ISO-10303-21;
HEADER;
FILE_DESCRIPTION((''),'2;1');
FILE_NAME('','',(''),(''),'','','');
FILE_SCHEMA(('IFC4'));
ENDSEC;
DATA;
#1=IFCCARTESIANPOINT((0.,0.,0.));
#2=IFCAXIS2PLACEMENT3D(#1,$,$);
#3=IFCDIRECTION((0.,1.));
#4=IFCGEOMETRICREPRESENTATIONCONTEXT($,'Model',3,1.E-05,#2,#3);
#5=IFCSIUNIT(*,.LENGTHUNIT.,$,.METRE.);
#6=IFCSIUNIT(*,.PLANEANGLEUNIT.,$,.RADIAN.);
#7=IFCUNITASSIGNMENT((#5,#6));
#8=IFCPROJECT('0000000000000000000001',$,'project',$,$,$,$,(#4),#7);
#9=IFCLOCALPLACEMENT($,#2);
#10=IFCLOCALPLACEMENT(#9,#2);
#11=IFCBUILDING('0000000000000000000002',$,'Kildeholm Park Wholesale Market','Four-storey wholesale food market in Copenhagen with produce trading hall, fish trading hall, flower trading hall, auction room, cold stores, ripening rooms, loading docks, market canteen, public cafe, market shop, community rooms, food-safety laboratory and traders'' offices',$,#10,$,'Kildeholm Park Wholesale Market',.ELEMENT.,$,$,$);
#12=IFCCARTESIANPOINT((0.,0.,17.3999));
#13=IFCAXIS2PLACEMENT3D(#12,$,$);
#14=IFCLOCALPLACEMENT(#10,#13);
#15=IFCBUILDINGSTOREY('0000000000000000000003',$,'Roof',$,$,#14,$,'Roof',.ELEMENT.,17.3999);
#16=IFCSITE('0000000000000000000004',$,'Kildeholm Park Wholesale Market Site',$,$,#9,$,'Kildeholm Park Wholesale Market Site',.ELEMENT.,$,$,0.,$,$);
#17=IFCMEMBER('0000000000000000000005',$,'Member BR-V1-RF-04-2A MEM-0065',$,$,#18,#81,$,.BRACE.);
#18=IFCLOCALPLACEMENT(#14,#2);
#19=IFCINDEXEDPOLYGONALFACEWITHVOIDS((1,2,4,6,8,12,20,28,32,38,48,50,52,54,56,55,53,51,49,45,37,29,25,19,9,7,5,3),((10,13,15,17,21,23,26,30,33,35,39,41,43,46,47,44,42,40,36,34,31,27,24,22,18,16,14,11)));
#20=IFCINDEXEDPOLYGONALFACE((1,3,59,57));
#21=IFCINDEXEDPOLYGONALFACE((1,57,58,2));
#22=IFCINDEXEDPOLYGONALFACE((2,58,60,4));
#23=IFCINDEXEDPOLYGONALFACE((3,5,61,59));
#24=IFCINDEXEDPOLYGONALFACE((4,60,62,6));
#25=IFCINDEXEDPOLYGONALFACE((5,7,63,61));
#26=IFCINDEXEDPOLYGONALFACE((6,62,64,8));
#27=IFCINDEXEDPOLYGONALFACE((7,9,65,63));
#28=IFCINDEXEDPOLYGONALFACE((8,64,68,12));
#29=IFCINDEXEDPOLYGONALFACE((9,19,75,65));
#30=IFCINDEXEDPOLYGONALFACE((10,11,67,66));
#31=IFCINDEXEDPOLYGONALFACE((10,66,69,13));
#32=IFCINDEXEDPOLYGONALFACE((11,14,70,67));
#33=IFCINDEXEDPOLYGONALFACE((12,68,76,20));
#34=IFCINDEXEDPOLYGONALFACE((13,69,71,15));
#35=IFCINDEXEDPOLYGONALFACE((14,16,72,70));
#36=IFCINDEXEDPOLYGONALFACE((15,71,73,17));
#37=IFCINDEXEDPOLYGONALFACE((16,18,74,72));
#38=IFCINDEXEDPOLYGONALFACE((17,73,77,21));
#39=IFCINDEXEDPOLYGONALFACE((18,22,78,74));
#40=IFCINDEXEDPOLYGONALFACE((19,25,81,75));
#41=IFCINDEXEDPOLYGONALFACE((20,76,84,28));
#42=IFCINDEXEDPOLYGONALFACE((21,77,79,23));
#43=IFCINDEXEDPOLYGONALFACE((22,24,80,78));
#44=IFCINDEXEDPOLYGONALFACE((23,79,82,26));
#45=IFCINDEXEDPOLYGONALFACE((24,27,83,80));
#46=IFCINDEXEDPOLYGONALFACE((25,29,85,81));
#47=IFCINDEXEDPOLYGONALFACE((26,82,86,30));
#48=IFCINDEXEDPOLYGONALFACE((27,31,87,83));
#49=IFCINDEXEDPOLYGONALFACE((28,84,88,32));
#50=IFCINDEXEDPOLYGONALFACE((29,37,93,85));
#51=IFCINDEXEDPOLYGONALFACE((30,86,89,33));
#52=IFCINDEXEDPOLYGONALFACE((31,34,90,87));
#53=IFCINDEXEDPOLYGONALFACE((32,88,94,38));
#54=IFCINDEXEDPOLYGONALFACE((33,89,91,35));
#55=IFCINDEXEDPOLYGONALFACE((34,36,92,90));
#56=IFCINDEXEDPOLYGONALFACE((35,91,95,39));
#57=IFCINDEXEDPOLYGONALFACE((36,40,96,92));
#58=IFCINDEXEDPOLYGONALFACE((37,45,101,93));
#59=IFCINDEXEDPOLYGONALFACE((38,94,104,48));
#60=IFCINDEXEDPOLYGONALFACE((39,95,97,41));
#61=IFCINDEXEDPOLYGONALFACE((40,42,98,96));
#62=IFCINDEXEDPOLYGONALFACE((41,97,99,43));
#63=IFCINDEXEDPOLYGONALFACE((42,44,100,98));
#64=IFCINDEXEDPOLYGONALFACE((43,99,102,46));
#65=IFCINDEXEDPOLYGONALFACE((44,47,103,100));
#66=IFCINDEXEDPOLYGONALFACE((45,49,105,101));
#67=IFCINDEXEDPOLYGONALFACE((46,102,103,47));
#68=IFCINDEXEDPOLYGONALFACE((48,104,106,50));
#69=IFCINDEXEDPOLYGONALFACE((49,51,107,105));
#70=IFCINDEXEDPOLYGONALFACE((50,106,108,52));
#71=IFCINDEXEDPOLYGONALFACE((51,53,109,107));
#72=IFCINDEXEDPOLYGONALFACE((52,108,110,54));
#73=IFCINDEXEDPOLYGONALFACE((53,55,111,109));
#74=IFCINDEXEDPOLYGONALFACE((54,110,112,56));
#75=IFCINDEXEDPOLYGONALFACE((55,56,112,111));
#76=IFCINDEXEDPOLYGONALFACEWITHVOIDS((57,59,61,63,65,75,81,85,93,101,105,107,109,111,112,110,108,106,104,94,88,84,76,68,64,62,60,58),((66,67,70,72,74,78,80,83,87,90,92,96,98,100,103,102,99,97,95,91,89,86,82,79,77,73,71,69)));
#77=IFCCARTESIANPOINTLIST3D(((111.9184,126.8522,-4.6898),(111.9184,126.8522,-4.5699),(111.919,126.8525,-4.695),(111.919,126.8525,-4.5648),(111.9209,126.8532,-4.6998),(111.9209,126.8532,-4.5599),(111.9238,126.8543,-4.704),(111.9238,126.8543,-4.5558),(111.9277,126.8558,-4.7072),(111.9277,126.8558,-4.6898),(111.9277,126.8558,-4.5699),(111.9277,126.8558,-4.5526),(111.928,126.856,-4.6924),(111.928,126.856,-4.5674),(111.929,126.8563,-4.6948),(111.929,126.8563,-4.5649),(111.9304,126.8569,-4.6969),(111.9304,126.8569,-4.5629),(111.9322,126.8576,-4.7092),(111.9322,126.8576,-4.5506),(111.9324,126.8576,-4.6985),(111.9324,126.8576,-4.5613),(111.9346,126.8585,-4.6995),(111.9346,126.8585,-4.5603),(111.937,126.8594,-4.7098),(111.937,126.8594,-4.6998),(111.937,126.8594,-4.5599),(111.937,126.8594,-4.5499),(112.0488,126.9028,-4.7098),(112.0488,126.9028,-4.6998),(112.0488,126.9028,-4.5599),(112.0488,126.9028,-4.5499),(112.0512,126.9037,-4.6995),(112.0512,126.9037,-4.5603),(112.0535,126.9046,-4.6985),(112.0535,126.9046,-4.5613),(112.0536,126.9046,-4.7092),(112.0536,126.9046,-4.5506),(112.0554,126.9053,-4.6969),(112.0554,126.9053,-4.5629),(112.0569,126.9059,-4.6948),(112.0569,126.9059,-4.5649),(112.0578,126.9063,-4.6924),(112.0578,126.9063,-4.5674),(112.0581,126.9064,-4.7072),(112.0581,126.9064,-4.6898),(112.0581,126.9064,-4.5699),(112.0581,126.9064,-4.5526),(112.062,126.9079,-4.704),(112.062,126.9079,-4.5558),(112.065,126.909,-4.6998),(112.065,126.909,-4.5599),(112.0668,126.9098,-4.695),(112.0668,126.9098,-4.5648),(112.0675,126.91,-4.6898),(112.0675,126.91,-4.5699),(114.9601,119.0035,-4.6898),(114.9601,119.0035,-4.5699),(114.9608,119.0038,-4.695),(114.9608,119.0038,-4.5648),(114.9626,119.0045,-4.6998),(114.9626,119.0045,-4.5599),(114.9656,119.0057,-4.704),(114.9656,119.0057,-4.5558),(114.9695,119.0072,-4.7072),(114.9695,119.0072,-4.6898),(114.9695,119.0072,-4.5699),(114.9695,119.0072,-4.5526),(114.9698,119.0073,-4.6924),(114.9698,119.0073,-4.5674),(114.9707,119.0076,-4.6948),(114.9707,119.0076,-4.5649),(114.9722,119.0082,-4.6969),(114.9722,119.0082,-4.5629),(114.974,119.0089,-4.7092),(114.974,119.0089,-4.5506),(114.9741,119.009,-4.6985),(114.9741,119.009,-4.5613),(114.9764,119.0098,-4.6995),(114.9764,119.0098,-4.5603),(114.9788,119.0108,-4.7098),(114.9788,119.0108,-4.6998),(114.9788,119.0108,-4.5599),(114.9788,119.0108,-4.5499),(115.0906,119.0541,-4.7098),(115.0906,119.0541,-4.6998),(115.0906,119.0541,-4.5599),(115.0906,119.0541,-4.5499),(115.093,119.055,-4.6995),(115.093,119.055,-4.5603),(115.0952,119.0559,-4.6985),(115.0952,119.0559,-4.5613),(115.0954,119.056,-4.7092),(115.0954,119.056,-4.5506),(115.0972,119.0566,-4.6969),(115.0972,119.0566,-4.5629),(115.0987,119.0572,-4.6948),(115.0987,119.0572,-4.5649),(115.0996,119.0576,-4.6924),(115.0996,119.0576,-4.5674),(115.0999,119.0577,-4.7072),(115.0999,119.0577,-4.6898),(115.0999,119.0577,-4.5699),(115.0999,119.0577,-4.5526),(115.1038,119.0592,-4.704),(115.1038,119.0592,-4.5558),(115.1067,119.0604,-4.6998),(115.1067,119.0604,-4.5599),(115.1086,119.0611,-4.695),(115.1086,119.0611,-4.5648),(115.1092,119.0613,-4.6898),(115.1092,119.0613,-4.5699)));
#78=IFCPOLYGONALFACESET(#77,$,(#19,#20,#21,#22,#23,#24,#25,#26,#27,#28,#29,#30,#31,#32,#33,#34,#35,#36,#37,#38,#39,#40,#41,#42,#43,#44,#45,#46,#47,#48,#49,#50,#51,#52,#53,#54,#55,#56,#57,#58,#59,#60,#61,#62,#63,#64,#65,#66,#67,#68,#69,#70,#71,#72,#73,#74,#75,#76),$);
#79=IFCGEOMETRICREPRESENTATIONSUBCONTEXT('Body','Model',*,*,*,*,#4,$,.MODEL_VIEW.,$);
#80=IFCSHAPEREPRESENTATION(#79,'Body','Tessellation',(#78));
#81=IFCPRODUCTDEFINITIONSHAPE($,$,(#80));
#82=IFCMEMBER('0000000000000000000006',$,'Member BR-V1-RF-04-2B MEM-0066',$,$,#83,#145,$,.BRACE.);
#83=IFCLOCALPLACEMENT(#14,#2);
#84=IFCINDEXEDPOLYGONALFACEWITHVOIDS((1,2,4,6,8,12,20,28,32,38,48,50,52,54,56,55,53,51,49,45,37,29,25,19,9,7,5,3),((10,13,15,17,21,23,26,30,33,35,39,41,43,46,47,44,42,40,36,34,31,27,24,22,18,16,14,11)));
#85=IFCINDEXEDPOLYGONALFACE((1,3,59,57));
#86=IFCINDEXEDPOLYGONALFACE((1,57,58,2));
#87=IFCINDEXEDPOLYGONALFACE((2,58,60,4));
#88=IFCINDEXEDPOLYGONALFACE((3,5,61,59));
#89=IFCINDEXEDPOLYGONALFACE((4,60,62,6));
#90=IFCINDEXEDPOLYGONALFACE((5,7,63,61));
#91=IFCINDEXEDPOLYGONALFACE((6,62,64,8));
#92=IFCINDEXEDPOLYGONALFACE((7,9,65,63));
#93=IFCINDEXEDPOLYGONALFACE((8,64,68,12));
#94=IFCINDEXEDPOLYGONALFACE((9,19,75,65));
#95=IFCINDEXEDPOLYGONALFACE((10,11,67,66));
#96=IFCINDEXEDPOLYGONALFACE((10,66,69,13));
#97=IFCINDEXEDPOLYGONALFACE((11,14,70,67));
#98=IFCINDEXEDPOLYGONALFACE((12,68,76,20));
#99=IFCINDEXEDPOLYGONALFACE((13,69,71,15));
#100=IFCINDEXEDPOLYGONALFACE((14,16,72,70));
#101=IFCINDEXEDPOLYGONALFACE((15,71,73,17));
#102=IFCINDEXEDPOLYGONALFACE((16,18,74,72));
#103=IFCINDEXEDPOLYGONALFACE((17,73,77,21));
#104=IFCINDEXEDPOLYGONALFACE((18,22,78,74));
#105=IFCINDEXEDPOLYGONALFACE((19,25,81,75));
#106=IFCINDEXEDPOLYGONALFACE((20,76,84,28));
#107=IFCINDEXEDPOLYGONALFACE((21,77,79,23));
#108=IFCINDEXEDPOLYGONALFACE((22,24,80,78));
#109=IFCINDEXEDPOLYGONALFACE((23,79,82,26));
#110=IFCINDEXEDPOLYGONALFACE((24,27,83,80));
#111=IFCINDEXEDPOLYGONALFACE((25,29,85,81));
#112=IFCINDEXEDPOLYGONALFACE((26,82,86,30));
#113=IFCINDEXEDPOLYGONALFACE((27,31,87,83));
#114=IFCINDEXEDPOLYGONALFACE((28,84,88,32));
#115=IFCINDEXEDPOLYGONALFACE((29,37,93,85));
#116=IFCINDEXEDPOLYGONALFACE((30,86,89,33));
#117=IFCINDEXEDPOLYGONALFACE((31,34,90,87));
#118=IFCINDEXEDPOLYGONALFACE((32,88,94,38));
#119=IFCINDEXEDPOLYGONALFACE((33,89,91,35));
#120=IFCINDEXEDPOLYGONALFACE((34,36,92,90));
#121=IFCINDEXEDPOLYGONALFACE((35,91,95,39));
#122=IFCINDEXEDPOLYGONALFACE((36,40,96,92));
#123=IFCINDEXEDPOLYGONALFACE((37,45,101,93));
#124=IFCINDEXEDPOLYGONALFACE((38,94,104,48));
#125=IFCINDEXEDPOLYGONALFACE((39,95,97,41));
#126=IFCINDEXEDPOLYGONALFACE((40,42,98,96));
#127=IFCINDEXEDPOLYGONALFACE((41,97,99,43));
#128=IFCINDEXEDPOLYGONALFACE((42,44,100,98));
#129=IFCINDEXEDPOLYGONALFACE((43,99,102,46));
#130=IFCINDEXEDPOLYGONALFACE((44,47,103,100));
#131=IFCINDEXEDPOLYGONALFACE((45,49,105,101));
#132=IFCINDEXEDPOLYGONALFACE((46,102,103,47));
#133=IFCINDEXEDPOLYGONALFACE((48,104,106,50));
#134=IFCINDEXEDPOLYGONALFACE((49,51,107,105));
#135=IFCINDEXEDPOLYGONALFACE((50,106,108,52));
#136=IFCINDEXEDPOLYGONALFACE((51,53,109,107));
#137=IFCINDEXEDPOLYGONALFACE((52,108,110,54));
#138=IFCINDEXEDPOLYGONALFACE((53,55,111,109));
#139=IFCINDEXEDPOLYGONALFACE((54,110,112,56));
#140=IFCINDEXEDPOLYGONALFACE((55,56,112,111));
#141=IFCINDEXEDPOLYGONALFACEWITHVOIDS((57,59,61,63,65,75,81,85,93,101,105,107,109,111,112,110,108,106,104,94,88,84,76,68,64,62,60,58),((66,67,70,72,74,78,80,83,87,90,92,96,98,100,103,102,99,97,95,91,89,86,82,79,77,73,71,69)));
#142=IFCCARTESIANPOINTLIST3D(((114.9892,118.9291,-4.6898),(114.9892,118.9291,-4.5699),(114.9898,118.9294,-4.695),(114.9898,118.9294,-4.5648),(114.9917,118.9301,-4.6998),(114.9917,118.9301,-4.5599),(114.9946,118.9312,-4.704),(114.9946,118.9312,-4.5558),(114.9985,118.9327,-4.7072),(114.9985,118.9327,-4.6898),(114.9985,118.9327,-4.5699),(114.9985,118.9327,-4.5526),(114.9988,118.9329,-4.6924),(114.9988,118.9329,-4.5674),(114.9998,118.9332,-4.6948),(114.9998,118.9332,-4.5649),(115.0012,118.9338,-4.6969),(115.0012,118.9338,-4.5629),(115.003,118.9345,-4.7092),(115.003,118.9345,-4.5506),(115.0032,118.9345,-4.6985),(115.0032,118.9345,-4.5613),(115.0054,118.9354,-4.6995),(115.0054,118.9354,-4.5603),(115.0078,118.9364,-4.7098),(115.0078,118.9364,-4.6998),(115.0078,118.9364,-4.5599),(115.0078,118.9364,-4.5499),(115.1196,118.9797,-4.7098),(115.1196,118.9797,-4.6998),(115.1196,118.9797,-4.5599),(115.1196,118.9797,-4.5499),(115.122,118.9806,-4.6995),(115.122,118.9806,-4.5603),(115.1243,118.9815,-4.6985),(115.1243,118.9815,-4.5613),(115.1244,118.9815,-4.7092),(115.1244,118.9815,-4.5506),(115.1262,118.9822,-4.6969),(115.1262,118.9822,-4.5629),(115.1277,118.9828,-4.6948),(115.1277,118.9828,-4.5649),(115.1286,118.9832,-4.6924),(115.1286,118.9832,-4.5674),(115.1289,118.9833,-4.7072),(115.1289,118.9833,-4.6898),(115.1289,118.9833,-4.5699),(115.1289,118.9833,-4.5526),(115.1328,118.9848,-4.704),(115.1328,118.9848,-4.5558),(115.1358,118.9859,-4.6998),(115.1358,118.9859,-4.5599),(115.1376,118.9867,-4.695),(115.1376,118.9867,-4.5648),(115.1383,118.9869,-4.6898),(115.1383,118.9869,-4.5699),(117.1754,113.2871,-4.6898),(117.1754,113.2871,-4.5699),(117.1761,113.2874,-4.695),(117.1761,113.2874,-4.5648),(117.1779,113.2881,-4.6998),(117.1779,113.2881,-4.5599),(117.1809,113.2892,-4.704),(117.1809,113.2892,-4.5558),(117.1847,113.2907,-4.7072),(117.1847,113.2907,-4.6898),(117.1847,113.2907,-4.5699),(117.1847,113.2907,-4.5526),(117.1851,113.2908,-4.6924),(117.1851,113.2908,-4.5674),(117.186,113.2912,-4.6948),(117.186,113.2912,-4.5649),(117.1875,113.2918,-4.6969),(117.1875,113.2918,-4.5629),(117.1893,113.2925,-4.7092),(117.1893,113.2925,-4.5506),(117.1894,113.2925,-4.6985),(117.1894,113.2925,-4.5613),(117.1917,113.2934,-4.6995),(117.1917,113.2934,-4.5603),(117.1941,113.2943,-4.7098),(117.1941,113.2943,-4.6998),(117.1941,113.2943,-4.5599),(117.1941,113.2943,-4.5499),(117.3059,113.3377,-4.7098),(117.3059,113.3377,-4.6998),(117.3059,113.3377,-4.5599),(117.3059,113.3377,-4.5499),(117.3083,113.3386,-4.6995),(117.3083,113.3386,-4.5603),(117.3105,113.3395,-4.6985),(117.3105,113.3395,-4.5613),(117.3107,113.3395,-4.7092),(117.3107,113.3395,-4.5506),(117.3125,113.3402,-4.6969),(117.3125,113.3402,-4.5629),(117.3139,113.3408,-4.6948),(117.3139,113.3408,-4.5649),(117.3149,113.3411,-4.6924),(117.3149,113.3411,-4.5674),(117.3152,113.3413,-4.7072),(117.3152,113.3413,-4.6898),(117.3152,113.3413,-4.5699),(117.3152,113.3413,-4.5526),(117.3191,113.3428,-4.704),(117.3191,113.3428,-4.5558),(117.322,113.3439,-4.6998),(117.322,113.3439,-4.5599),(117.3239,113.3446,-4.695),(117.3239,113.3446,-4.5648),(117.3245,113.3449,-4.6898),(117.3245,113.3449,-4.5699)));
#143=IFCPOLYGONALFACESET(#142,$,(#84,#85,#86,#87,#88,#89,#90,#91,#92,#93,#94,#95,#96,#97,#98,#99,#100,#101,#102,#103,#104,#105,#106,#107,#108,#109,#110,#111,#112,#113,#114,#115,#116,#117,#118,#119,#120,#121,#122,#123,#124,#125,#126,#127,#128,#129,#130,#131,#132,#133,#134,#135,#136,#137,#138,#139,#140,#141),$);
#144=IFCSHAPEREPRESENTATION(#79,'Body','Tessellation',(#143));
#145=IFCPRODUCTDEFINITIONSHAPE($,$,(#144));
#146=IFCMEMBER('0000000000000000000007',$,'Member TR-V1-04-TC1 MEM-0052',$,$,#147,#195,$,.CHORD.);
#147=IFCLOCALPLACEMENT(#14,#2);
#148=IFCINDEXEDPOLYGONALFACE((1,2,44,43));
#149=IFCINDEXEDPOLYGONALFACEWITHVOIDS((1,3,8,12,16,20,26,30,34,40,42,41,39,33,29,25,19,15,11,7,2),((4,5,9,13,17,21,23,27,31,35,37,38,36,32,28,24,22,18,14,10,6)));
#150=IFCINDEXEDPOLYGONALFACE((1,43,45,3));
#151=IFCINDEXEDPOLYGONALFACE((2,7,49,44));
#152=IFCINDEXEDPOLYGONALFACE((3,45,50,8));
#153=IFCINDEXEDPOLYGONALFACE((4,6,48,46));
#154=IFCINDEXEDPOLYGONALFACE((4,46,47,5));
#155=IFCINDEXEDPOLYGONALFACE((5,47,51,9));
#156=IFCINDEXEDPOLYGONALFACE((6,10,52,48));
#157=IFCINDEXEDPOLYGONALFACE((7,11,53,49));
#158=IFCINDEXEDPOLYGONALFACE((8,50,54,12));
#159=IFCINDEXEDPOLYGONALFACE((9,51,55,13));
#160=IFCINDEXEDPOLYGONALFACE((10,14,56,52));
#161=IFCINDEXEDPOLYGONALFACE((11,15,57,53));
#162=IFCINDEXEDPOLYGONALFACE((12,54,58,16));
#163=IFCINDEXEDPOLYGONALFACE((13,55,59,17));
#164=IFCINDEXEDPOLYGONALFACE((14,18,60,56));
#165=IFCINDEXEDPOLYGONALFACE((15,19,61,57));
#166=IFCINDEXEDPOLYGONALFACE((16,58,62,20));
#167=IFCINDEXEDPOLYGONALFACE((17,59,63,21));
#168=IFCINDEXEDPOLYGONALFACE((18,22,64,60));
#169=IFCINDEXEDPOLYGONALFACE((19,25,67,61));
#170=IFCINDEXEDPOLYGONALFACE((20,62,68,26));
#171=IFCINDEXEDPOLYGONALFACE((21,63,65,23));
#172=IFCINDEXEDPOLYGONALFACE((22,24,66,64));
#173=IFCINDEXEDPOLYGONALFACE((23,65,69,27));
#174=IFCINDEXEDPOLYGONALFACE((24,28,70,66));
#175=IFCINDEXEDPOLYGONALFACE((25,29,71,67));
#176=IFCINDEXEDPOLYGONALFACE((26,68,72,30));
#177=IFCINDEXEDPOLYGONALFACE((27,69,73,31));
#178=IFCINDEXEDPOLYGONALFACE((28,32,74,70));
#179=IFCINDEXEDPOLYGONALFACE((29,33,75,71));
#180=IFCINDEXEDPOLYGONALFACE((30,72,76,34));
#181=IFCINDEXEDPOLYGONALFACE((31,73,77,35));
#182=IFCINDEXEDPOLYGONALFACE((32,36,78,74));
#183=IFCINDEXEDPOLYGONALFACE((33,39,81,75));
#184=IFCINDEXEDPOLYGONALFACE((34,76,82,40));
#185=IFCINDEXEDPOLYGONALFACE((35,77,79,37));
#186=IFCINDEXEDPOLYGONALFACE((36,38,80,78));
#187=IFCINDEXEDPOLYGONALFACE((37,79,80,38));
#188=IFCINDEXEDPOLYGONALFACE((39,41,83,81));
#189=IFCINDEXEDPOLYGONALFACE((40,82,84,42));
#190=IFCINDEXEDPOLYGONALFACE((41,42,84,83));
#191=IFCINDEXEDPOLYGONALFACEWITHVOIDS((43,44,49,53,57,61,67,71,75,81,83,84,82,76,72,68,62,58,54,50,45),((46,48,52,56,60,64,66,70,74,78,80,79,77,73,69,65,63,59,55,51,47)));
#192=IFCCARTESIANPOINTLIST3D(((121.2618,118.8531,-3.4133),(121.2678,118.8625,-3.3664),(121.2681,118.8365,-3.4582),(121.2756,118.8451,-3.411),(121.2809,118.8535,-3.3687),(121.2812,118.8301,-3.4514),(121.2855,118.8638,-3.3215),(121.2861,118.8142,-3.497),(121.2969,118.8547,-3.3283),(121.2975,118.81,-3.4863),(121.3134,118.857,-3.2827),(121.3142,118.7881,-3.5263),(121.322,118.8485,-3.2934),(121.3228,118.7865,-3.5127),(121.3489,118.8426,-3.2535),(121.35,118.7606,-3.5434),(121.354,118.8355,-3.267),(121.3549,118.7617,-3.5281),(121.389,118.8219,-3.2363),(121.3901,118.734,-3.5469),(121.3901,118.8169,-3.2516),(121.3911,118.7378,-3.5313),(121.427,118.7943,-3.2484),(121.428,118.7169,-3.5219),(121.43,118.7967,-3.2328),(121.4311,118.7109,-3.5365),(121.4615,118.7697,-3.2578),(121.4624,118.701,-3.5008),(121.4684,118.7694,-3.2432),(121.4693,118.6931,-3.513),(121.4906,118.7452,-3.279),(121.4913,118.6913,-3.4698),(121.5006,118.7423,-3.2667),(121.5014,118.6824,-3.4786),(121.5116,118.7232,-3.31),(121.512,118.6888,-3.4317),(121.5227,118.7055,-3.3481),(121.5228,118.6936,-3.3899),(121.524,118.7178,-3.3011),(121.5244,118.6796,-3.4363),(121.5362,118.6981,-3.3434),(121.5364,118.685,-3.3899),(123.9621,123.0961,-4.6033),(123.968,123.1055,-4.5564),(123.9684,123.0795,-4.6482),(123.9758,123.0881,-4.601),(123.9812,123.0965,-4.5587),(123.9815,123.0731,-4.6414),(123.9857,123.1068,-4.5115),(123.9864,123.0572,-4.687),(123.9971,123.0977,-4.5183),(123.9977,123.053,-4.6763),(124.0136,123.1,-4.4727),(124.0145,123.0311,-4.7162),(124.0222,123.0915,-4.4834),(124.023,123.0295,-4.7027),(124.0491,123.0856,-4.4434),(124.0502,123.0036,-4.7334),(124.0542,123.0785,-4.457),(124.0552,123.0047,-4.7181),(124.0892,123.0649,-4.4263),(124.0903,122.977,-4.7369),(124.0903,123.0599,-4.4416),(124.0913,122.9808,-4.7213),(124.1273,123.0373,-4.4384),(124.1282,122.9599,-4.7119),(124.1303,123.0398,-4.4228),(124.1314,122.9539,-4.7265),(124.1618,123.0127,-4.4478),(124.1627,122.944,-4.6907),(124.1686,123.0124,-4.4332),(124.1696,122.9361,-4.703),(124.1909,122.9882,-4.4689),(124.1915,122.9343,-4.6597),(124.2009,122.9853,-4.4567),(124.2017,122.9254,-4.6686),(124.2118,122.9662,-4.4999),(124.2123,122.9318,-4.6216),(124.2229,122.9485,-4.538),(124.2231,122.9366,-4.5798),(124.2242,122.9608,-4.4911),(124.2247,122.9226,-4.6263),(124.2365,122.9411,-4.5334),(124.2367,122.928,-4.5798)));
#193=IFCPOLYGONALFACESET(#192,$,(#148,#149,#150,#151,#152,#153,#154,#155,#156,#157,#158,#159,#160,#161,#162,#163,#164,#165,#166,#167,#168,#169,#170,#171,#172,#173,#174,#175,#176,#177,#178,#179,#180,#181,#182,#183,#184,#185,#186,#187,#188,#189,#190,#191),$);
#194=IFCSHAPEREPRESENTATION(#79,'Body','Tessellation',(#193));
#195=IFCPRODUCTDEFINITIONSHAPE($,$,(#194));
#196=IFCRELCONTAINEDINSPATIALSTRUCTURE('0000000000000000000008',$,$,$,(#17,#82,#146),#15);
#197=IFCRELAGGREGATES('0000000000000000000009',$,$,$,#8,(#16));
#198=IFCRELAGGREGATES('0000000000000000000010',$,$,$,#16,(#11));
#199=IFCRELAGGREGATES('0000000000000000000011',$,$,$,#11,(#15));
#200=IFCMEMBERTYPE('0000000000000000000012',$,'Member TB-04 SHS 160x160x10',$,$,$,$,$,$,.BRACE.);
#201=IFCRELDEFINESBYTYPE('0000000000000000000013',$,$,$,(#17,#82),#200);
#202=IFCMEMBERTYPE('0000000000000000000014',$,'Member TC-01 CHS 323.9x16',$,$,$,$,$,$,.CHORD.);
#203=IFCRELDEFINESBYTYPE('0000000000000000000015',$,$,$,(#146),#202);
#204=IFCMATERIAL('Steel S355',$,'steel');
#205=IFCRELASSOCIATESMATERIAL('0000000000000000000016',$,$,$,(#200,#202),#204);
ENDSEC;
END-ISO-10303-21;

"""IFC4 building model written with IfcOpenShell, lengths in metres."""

from ifc_helpers import new_model, si_unit, direction, frame, origin, origin_2d, place, context, subcontext, project, spatial, hollow_rectangle, hollow_circle, extrude, material, material_profile, profile_set, type_object, element, save


model = new_model("IFC4")

# Units and contexts
model_context = context("Model", 3, precision=1e-05, world=origin(), true_north=direction((0.0, 1.0)))
body_context = subcontext(model_context, "Body", "Model", "MODEL_VIEW")
ifc_project = project(units=[si_unit("LENGTHUNIT", "METRE"), si_unit("PLANEANGLEUNIT", "RADIAN")], contexts=[model_context])

# Site, building, storey
site_placement = place(None, origin())
site = spatial("IfcSite", under=ifc_project, at=site_placement, Name="Kildeholm Park Wholesale Market Site", LongName="Kildeholm Park Wholesale Market Site", CompositionType="ELEMENT", RefElevation=0.0)
building_placement = place(site_placement, origin())
building = spatial("IfcBuilding", under=site, at=building_placement, Name="Kildeholm Park Wholesale Market", Description="Four-storey wholesale food market in Copenhagen with produce trading hall, fish trading hall, flower trading hall, auction room, cold stores, ripening rooms, loading docks, market canteen, public cafe, market shop, community rooms, food-safety laboratory and traders' offices", LongName="Kildeholm Park Wholesale Market", CompositionType="ELEMENT")
storey_placement = place(building_placement, frame((0.0, 0.0, 17.3999)))
storey = spatial("IfcBuildingStorey", under=building, at=storey_placement, Name="Roof", LongName="Roof", CompositionType="ELEMENT", Elevation=17.3999)

# Shared definitions
ifc_material_1 = material(Name="Steel S355", Category="steel")

# Members
ifc_material_profile_1 = material_profile(ifc_material_1, hollow_rectangle(XDim=0.1599, YDim=0.1599, WallThickness=0.01, InnerFilletRadius=0.01, OuterFilletRadius=0.02, at=origin_2d()), Name="SHS 160x160x10")
ifc_profile_set_1 = profile_set([ifc_material_profile_1], Name="Steel S355")
member_type_1 = type_object("IfcMemberType", Name="Member TB-04 SHS 160x160x10", PredefinedType="BRACE", material=ifc_profile_set_1)
member_1_placement = place(storey_placement, frame((111.9929, 126.8811, -4.6299), z_axis=(0.361363, -0.932425, 0.0), x_axis=(0.932425, 0.361363, 0.0)))
element("IfcMember", 1, at=member_1_placement, inside=storey, type_object=member_type_1, Name="Member BR-V1-RF-04-2A MEM-0065", PredefinedType="BRACE", context=body_context, shape_type="SweptSolid", body=[
    extrude(hollow_rectangle(XDim=0.1599, YDim=0.1599, WallThickness=0.01, InnerFilletRadius=0.01, OuterFilletRadius=0.02, at=origin_2d()), origin(), (0.0, 0.0, 1.0), 8.4175),
])
member_2_placement = place(storey_placement, frame((115.0637, 118.958, -4.6299), z_axis=(0.361317, -0.932443, 0.0), x_axis=(0.932443, 0.361317, 0.0)))
element("IfcMember", 2, at=member_2_placement, inside=storey, type_object=member_type_1, Name="Member BR-V1-RF-04-2B MEM-0066", PredefinedType="BRACE", context=body_context, shape_type="SweptSolid", body=[
    extrude(hollow_rectangle(XDim=0.1599, YDim=0.1599, WallThickness=0.01, InnerFilletRadius=0.01, OuterFilletRadius=0.02, at=origin_2d()), origin(), (0.0, 0.0, 1.0), 6.0508),
])
ifc_material_profile_2 = material_profile(ifc_material_1, hollow_circle(Radius=0.1619, WallThickness=0.0161, at=origin_2d()), Name="CHS 323.9x16")
ifc_profile_set_2 = profile_set([ifc_material_profile_2], Name="Steel S355")
member_type_2 = type_object("IfcMemberType", Name="Member TC-01 CHS 323.9x16", PredefinedType="CHORD", material=ifc_profile_set_2)
member_3_placement = place(storey_placement, frame((124.1001, 123.0149, -4.5798), z_axis=(-0.522472, -0.820981, 0.230247), x_axis=(0.843647, -0.536897, 0.0)))
element("IfcMember", 3, at=member_3_placement, inside=storey, type_object=member_type_2, Name="Member TR-V1-04-TC1 MEM-0052", PredefinedType="CHORD", context=body_context, shape_type="SweptSolid", body=[
    extrude(hollow_circle(Radius=0.1619, WallThickness=0.0161, at=origin_2d()), origin(), (0.0, 0.0, 1.0), 5.1682),
])

save(model, "model.ifc")
